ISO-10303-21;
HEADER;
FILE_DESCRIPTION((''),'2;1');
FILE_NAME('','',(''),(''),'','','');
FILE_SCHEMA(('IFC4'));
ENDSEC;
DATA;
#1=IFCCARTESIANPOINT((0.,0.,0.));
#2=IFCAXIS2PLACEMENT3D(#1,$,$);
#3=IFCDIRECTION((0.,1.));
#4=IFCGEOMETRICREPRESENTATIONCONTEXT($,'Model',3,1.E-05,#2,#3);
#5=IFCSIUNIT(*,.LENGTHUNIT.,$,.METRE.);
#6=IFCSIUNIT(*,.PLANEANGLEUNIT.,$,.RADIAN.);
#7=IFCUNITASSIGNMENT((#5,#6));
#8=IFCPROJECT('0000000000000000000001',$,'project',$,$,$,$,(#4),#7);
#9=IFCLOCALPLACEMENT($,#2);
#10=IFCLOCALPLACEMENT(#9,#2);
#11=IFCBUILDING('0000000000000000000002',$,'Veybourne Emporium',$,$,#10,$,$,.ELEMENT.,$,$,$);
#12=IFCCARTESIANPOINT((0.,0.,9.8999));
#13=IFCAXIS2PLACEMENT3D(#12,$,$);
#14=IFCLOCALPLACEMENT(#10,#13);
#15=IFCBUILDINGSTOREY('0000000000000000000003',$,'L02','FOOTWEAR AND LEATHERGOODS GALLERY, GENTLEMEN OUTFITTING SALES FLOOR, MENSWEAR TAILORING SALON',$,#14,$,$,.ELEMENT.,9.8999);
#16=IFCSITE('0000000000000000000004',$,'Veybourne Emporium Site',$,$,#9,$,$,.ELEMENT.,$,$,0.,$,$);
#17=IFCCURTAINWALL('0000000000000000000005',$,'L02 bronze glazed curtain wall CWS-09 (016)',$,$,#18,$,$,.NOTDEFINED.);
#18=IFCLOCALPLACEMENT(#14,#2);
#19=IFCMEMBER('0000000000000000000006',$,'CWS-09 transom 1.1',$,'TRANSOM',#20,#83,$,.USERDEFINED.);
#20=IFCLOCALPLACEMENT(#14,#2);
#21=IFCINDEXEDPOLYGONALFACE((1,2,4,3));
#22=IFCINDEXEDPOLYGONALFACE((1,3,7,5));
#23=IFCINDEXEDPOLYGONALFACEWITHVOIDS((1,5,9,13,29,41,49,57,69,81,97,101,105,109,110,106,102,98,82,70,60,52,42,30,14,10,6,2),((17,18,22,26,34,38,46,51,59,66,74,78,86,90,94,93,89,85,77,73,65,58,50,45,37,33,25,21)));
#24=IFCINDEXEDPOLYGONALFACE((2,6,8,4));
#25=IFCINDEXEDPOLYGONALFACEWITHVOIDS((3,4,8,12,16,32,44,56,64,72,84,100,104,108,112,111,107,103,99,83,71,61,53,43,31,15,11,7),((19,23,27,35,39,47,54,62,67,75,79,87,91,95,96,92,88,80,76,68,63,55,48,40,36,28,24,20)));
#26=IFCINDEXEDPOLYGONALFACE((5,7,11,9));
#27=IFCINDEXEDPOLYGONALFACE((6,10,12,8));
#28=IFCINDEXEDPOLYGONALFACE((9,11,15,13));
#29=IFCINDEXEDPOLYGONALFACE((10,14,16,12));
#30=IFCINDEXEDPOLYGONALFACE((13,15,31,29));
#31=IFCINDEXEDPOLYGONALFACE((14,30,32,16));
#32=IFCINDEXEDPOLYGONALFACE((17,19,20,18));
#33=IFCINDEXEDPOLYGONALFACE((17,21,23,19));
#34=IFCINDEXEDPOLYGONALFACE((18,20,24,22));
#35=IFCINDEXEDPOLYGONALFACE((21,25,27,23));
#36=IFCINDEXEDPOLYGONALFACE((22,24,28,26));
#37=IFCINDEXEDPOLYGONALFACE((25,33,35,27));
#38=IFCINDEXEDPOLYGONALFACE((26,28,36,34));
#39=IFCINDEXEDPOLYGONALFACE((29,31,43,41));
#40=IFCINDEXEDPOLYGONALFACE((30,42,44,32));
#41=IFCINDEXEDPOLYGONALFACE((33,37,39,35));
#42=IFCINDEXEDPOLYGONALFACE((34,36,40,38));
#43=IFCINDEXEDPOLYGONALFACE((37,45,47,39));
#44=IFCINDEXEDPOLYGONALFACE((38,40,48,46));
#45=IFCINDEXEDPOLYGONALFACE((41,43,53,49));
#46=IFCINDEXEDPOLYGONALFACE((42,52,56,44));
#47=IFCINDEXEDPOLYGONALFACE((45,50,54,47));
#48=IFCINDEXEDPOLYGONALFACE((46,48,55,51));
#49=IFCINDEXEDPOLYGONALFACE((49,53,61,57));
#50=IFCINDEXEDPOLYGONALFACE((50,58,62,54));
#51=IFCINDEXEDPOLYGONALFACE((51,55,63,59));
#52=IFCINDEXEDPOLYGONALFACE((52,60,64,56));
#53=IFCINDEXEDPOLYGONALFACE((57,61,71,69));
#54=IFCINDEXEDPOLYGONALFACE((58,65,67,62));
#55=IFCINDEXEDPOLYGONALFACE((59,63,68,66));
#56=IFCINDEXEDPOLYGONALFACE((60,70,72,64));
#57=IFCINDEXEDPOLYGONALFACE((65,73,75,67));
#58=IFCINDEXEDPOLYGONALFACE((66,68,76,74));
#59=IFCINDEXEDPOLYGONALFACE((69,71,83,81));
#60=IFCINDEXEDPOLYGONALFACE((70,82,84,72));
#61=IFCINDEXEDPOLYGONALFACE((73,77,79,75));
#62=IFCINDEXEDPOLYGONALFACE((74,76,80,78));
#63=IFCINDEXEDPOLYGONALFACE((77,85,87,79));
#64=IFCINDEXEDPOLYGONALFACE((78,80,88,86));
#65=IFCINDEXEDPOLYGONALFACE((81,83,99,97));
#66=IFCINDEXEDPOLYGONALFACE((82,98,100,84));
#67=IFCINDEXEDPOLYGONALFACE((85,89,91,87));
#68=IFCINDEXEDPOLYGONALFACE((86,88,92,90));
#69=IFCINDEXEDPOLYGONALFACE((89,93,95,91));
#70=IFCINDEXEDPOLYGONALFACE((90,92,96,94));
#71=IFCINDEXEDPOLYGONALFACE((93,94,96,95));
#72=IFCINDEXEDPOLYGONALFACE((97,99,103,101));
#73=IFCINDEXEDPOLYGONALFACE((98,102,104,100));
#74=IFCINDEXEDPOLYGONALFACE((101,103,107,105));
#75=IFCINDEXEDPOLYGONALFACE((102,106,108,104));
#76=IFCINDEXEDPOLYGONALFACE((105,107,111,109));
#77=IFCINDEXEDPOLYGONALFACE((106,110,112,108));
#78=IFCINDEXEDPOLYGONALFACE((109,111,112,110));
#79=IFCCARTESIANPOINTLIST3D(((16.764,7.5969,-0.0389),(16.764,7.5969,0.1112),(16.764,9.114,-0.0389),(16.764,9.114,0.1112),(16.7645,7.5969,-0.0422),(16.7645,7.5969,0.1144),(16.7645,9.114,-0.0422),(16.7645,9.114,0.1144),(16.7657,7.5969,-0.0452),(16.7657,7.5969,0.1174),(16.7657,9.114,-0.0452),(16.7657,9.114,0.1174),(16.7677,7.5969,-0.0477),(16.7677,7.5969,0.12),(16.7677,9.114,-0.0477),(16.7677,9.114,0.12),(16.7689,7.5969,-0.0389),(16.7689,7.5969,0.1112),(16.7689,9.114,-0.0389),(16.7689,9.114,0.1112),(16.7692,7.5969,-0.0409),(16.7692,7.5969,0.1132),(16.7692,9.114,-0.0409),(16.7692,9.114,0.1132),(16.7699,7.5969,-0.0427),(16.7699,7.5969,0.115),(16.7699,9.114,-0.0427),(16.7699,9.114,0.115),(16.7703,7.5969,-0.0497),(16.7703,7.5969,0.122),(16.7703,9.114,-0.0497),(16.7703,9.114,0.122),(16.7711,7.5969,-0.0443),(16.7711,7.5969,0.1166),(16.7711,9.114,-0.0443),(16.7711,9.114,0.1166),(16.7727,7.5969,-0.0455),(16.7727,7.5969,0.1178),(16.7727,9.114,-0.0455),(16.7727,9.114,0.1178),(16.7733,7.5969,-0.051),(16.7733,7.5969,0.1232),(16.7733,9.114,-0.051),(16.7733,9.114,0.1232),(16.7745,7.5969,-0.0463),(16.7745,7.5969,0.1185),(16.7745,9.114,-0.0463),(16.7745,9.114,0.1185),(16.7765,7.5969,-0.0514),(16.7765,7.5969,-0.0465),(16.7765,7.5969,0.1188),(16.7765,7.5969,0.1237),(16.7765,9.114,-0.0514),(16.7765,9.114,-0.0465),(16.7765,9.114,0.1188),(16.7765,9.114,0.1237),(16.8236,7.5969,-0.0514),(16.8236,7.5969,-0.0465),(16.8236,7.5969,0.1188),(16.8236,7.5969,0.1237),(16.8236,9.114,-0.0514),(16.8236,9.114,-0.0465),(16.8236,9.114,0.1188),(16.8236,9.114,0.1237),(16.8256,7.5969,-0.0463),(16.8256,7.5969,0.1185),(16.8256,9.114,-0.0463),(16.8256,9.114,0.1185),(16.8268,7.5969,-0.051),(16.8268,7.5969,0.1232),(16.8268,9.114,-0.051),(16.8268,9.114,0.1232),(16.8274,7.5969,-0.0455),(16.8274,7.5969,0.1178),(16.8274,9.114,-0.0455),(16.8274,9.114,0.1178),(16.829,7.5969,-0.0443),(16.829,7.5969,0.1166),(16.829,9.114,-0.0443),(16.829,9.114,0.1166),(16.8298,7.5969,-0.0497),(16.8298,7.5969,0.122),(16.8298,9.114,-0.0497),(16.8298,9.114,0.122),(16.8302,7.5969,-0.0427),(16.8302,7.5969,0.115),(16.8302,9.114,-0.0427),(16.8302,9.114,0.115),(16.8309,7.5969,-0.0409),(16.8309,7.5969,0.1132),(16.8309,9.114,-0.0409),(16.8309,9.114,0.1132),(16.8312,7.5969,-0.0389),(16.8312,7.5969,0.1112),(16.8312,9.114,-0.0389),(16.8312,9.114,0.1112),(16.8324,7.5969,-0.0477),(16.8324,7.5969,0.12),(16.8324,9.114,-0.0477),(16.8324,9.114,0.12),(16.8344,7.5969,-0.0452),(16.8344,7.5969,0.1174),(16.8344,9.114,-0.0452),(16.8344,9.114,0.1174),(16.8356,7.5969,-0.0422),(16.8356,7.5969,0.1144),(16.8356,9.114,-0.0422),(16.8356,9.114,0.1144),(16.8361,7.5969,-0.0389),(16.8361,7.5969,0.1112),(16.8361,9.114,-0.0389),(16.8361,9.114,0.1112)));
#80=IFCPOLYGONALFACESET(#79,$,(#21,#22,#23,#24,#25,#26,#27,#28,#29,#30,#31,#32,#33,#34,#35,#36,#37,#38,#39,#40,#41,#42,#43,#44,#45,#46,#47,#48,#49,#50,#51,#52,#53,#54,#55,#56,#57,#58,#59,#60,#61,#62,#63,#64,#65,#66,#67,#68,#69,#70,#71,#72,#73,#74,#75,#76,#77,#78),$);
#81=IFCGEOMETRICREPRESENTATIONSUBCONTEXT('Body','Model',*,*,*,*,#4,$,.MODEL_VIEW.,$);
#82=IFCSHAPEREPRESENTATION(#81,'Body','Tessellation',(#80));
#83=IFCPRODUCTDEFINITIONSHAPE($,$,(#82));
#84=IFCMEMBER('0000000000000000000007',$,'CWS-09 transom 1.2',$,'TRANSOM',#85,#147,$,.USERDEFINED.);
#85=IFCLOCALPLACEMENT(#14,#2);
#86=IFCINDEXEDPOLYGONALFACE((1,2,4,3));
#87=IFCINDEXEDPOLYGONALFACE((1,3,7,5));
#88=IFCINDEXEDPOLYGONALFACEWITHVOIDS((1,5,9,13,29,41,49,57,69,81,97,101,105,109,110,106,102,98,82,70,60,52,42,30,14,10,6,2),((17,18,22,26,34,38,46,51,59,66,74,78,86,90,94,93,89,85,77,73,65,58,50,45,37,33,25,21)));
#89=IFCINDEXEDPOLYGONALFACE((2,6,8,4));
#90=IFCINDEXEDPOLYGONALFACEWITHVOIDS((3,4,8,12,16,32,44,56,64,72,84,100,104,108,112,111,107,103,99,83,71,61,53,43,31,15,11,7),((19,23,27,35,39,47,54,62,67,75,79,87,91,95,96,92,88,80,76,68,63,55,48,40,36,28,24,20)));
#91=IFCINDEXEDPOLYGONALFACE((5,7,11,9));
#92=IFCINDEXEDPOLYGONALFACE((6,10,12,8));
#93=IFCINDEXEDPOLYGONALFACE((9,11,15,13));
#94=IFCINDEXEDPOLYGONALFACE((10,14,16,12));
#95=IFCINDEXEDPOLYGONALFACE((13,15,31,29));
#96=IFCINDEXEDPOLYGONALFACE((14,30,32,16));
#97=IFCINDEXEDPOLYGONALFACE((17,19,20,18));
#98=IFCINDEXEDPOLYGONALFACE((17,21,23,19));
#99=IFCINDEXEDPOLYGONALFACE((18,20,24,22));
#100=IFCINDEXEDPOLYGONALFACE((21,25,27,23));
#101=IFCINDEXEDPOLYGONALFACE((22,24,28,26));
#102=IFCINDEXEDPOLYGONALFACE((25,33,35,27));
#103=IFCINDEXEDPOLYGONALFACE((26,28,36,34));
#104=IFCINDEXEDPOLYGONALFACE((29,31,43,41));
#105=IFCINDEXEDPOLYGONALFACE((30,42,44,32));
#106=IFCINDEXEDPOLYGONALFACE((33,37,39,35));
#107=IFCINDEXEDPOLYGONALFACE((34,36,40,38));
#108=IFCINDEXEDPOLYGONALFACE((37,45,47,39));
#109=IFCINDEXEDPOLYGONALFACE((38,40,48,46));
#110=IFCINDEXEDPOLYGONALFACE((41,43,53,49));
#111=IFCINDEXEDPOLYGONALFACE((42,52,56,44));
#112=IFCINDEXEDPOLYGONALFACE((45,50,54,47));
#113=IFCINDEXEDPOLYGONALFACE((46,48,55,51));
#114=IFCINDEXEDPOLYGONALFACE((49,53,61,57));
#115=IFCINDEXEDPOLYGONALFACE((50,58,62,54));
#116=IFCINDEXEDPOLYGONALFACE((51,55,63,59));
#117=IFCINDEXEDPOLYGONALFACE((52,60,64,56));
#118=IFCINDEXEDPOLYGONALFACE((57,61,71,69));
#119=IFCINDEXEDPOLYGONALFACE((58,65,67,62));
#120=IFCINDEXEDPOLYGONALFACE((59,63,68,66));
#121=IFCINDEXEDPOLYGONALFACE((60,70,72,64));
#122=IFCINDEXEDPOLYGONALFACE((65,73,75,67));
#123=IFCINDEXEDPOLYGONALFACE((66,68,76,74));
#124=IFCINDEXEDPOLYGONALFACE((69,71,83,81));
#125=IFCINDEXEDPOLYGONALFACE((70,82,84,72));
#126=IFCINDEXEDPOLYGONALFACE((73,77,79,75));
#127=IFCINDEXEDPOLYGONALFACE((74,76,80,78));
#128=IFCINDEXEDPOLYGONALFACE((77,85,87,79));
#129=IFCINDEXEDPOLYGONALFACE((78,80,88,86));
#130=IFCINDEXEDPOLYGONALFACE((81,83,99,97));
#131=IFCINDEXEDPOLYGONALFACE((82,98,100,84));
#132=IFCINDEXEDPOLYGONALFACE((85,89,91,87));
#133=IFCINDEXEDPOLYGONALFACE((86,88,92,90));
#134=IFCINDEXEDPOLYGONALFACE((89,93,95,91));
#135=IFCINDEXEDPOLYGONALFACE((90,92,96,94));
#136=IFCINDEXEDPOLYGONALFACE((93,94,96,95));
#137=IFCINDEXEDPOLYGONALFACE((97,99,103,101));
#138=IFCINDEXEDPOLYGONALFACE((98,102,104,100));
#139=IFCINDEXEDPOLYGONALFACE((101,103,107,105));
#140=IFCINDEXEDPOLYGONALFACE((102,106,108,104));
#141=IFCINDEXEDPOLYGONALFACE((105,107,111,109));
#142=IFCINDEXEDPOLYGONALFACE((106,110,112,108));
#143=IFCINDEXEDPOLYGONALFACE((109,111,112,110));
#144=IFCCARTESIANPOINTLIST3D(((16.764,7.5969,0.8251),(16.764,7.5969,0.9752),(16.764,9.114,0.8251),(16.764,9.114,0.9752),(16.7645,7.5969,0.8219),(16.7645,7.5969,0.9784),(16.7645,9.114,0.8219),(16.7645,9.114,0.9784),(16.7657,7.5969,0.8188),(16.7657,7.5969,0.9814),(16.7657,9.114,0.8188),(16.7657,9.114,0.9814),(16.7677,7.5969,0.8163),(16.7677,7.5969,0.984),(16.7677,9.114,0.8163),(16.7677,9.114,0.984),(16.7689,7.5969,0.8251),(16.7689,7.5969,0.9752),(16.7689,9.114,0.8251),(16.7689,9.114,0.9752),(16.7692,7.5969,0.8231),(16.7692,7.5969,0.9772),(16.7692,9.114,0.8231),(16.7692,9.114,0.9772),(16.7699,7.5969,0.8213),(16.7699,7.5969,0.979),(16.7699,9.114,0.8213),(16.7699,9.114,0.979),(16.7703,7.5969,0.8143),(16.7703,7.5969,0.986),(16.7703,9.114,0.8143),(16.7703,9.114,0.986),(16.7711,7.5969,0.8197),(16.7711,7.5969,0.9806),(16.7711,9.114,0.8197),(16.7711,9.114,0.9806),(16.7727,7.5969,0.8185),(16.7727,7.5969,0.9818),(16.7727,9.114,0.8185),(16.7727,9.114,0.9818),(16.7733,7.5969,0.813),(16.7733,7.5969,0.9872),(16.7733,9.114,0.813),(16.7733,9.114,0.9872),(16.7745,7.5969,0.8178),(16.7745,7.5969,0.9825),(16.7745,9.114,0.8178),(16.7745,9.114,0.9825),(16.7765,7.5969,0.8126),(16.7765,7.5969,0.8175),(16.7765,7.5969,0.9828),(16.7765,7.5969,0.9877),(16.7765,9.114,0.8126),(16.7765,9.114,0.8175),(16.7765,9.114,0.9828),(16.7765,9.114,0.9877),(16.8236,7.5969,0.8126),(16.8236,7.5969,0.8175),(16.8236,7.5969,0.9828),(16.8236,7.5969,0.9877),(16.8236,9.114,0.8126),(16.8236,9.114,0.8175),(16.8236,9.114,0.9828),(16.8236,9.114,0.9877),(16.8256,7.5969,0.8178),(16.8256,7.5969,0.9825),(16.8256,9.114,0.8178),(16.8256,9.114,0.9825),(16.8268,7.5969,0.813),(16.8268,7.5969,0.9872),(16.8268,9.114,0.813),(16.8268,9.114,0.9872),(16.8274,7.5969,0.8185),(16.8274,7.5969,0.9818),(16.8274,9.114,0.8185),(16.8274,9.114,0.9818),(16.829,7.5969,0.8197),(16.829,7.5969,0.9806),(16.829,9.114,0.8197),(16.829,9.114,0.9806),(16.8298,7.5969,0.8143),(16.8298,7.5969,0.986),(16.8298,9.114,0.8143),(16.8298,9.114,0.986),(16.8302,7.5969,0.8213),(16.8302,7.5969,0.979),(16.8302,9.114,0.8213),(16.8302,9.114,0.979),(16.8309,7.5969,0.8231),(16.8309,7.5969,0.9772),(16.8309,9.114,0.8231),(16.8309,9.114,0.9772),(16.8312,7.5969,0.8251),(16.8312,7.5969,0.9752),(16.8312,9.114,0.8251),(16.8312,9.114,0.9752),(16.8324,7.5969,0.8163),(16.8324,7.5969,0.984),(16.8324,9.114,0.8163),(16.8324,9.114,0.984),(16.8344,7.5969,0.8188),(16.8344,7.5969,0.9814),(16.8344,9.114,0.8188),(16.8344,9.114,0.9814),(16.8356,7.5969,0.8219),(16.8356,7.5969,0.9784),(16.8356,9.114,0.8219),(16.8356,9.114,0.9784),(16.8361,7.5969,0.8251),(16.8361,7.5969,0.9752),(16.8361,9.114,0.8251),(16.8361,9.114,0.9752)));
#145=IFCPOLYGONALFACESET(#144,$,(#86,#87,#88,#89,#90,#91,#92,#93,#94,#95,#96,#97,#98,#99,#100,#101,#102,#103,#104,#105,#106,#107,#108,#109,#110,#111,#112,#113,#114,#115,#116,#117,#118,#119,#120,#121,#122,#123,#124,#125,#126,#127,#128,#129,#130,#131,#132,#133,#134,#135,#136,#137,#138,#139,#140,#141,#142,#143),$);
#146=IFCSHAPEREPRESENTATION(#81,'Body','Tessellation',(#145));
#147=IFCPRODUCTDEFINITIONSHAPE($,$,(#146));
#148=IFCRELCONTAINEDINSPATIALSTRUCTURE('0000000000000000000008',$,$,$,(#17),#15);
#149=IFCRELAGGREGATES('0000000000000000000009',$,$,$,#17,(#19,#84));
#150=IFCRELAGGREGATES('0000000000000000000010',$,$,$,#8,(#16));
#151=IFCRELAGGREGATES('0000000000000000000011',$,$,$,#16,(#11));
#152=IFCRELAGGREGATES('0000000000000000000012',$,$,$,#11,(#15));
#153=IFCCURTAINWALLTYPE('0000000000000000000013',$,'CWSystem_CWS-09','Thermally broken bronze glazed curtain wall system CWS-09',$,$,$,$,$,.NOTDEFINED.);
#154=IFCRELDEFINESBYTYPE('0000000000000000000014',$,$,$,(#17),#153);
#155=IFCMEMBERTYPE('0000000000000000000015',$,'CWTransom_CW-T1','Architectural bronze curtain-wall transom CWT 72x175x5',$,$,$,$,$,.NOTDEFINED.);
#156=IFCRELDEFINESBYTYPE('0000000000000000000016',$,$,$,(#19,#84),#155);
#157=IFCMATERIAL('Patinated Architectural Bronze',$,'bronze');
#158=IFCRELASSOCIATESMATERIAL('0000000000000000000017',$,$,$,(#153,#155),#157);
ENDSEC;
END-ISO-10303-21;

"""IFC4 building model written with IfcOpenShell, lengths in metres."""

from ifc_helpers import new_model, si_unit, direction, frame, origin, origin_2d, place, context, subcontext, project, spatial, hollow_rectangle, extrude, material, material_profile, profile_set, type_object, element, aggregate, save


model = new_model("IFC4")

# Units and contexts
model_context = context("Model", 3, precision=1e-05, world=origin(), true_north=direction((0.0, 1.0)))
body_context = subcontext(model_context, "Body", "Model", "MODEL_VIEW")
ifc_project = project(units=[si_unit("LENGTHUNIT", "METRE"), si_unit("PLANEANGLEUNIT", "RADIAN")], contexts=[model_context])

# Site, building, storey
site_placement = place(None, origin())
site = spatial("IfcSite", under=ifc_project, at=site_placement, Name="Veybourne Emporium Site", CompositionType="ELEMENT", RefElevation=0.0)
building_placement = place(site_placement, origin())
building = spatial("IfcBuilding", under=site, at=building_placement, Name="Veybourne Emporium", CompositionType="ELEMENT")
storey_placement = place(building_placement, frame((0.0, 0.0, 9.8999)))
storey = spatial("IfcBuildingStorey", under=building, at=storey_placement, Name="L02", Description="FOOTWEAR AND LEATHERGOODS GALLERY, GENTLEMEN OUTFITTING SALES FLOOR, MENSWEAR TAILORING SALON", CompositionType="ELEMENT", Elevation=9.8999)

# Curtain wall
ifc_material_1 = material(Name="Patinated Architectural Bronze", Category="bronze")
curtain_wall_type_1 = type_object("IfcCurtainWallType", Name="CWSystem_CWS-09", Description="Thermally broken bronze glazed curtain wall system CWS-09", PredefinedType="NOTDEFINED", material=ifc_material_1)
curtain_wall_1_placement = place(storey_placement, origin())
curtain_wall_1 = element("IfcCurtainWall", 1, at=curtain_wall_1_placement, inside=storey, type_object=curtain_wall_type_1, Name="L02 bronze glazed curtain wall CWS-09 (016)", PredefinedType="NOTDEFINED")

# Members
ifc_material_profile_1 = material_profile(ifc_material_1, hollow_rectangle(XDim=0.072, YDim=0.175, WallThickness=0.0049, InnerFilletRadius=0.0076, OuterFilletRadius=0.0125, at=origin_2d()), Name="CWT 72x175x5")
ifc_profile_set_1 = profile_set([ifc_material_profile_1], Name="Patinated Architectural Bronze")
member_type_1 = type_object("IfcMemberType", Name="CWTransom_CW-T1", Description="Architectural bronze curtain-wall transom CWT 72x175x5", PredefinedType="NOTDEFINED", material=ifc_profile_set_1)
member_1_placement = place(storey_placement, frame((16.8, 7.5969, 0.0361), z_axis=(0.0, 1.0, 0.0), x_axis=(-1.0, 0.0, 0.0)))
member_1 = element("IfcMember", 2, at=member_1_placement, type_object=member_type_1, Name="CWS-09 transom 1.1", ObjectType="TRANSOM", PredefinedType="USERDEFINED", context=body_context, shape_type="SweptSolid", body=[
    extrude(hollow_rectangle(XDim=0.072, YDim=0.175, WallThickness=0.0049, InnerFilletRadius=0.0076, OuterFilletRadius=0.0125, at=origin_2d()), origin(), (0.0, 0.0, 1.0), 1.5171),
])
member_2_placement = place(storey_placement, frame((16.8, 7.5969, 0.9001), z_axis=(0.0, 1.0, 0.0), x_axis=(-1.0, 0.0, 0.0)))
member_2 = element("IfcMember", 3, at=member_2_placement, type_object=member_type_1, Name="CWS-09 transom 1.2", ObjectType="TRANSOM", PredefinedType="USERDEFINED", context=body_context, shape_type="SweptSolid", body=[
    extrude(hollow_rectangle(XDim=0.072, YDim=0.175, WallThickness=0.0049, InnerFilletRadius=0.0076, OuterFilletRadius=0.0125, at=origin_2d()), origin(), (0.0, 0.0, 1.0), 1.5171),
])

aggregate(curtain_wall_1, [member_1, member_2])

save(model, "model.ifc")
